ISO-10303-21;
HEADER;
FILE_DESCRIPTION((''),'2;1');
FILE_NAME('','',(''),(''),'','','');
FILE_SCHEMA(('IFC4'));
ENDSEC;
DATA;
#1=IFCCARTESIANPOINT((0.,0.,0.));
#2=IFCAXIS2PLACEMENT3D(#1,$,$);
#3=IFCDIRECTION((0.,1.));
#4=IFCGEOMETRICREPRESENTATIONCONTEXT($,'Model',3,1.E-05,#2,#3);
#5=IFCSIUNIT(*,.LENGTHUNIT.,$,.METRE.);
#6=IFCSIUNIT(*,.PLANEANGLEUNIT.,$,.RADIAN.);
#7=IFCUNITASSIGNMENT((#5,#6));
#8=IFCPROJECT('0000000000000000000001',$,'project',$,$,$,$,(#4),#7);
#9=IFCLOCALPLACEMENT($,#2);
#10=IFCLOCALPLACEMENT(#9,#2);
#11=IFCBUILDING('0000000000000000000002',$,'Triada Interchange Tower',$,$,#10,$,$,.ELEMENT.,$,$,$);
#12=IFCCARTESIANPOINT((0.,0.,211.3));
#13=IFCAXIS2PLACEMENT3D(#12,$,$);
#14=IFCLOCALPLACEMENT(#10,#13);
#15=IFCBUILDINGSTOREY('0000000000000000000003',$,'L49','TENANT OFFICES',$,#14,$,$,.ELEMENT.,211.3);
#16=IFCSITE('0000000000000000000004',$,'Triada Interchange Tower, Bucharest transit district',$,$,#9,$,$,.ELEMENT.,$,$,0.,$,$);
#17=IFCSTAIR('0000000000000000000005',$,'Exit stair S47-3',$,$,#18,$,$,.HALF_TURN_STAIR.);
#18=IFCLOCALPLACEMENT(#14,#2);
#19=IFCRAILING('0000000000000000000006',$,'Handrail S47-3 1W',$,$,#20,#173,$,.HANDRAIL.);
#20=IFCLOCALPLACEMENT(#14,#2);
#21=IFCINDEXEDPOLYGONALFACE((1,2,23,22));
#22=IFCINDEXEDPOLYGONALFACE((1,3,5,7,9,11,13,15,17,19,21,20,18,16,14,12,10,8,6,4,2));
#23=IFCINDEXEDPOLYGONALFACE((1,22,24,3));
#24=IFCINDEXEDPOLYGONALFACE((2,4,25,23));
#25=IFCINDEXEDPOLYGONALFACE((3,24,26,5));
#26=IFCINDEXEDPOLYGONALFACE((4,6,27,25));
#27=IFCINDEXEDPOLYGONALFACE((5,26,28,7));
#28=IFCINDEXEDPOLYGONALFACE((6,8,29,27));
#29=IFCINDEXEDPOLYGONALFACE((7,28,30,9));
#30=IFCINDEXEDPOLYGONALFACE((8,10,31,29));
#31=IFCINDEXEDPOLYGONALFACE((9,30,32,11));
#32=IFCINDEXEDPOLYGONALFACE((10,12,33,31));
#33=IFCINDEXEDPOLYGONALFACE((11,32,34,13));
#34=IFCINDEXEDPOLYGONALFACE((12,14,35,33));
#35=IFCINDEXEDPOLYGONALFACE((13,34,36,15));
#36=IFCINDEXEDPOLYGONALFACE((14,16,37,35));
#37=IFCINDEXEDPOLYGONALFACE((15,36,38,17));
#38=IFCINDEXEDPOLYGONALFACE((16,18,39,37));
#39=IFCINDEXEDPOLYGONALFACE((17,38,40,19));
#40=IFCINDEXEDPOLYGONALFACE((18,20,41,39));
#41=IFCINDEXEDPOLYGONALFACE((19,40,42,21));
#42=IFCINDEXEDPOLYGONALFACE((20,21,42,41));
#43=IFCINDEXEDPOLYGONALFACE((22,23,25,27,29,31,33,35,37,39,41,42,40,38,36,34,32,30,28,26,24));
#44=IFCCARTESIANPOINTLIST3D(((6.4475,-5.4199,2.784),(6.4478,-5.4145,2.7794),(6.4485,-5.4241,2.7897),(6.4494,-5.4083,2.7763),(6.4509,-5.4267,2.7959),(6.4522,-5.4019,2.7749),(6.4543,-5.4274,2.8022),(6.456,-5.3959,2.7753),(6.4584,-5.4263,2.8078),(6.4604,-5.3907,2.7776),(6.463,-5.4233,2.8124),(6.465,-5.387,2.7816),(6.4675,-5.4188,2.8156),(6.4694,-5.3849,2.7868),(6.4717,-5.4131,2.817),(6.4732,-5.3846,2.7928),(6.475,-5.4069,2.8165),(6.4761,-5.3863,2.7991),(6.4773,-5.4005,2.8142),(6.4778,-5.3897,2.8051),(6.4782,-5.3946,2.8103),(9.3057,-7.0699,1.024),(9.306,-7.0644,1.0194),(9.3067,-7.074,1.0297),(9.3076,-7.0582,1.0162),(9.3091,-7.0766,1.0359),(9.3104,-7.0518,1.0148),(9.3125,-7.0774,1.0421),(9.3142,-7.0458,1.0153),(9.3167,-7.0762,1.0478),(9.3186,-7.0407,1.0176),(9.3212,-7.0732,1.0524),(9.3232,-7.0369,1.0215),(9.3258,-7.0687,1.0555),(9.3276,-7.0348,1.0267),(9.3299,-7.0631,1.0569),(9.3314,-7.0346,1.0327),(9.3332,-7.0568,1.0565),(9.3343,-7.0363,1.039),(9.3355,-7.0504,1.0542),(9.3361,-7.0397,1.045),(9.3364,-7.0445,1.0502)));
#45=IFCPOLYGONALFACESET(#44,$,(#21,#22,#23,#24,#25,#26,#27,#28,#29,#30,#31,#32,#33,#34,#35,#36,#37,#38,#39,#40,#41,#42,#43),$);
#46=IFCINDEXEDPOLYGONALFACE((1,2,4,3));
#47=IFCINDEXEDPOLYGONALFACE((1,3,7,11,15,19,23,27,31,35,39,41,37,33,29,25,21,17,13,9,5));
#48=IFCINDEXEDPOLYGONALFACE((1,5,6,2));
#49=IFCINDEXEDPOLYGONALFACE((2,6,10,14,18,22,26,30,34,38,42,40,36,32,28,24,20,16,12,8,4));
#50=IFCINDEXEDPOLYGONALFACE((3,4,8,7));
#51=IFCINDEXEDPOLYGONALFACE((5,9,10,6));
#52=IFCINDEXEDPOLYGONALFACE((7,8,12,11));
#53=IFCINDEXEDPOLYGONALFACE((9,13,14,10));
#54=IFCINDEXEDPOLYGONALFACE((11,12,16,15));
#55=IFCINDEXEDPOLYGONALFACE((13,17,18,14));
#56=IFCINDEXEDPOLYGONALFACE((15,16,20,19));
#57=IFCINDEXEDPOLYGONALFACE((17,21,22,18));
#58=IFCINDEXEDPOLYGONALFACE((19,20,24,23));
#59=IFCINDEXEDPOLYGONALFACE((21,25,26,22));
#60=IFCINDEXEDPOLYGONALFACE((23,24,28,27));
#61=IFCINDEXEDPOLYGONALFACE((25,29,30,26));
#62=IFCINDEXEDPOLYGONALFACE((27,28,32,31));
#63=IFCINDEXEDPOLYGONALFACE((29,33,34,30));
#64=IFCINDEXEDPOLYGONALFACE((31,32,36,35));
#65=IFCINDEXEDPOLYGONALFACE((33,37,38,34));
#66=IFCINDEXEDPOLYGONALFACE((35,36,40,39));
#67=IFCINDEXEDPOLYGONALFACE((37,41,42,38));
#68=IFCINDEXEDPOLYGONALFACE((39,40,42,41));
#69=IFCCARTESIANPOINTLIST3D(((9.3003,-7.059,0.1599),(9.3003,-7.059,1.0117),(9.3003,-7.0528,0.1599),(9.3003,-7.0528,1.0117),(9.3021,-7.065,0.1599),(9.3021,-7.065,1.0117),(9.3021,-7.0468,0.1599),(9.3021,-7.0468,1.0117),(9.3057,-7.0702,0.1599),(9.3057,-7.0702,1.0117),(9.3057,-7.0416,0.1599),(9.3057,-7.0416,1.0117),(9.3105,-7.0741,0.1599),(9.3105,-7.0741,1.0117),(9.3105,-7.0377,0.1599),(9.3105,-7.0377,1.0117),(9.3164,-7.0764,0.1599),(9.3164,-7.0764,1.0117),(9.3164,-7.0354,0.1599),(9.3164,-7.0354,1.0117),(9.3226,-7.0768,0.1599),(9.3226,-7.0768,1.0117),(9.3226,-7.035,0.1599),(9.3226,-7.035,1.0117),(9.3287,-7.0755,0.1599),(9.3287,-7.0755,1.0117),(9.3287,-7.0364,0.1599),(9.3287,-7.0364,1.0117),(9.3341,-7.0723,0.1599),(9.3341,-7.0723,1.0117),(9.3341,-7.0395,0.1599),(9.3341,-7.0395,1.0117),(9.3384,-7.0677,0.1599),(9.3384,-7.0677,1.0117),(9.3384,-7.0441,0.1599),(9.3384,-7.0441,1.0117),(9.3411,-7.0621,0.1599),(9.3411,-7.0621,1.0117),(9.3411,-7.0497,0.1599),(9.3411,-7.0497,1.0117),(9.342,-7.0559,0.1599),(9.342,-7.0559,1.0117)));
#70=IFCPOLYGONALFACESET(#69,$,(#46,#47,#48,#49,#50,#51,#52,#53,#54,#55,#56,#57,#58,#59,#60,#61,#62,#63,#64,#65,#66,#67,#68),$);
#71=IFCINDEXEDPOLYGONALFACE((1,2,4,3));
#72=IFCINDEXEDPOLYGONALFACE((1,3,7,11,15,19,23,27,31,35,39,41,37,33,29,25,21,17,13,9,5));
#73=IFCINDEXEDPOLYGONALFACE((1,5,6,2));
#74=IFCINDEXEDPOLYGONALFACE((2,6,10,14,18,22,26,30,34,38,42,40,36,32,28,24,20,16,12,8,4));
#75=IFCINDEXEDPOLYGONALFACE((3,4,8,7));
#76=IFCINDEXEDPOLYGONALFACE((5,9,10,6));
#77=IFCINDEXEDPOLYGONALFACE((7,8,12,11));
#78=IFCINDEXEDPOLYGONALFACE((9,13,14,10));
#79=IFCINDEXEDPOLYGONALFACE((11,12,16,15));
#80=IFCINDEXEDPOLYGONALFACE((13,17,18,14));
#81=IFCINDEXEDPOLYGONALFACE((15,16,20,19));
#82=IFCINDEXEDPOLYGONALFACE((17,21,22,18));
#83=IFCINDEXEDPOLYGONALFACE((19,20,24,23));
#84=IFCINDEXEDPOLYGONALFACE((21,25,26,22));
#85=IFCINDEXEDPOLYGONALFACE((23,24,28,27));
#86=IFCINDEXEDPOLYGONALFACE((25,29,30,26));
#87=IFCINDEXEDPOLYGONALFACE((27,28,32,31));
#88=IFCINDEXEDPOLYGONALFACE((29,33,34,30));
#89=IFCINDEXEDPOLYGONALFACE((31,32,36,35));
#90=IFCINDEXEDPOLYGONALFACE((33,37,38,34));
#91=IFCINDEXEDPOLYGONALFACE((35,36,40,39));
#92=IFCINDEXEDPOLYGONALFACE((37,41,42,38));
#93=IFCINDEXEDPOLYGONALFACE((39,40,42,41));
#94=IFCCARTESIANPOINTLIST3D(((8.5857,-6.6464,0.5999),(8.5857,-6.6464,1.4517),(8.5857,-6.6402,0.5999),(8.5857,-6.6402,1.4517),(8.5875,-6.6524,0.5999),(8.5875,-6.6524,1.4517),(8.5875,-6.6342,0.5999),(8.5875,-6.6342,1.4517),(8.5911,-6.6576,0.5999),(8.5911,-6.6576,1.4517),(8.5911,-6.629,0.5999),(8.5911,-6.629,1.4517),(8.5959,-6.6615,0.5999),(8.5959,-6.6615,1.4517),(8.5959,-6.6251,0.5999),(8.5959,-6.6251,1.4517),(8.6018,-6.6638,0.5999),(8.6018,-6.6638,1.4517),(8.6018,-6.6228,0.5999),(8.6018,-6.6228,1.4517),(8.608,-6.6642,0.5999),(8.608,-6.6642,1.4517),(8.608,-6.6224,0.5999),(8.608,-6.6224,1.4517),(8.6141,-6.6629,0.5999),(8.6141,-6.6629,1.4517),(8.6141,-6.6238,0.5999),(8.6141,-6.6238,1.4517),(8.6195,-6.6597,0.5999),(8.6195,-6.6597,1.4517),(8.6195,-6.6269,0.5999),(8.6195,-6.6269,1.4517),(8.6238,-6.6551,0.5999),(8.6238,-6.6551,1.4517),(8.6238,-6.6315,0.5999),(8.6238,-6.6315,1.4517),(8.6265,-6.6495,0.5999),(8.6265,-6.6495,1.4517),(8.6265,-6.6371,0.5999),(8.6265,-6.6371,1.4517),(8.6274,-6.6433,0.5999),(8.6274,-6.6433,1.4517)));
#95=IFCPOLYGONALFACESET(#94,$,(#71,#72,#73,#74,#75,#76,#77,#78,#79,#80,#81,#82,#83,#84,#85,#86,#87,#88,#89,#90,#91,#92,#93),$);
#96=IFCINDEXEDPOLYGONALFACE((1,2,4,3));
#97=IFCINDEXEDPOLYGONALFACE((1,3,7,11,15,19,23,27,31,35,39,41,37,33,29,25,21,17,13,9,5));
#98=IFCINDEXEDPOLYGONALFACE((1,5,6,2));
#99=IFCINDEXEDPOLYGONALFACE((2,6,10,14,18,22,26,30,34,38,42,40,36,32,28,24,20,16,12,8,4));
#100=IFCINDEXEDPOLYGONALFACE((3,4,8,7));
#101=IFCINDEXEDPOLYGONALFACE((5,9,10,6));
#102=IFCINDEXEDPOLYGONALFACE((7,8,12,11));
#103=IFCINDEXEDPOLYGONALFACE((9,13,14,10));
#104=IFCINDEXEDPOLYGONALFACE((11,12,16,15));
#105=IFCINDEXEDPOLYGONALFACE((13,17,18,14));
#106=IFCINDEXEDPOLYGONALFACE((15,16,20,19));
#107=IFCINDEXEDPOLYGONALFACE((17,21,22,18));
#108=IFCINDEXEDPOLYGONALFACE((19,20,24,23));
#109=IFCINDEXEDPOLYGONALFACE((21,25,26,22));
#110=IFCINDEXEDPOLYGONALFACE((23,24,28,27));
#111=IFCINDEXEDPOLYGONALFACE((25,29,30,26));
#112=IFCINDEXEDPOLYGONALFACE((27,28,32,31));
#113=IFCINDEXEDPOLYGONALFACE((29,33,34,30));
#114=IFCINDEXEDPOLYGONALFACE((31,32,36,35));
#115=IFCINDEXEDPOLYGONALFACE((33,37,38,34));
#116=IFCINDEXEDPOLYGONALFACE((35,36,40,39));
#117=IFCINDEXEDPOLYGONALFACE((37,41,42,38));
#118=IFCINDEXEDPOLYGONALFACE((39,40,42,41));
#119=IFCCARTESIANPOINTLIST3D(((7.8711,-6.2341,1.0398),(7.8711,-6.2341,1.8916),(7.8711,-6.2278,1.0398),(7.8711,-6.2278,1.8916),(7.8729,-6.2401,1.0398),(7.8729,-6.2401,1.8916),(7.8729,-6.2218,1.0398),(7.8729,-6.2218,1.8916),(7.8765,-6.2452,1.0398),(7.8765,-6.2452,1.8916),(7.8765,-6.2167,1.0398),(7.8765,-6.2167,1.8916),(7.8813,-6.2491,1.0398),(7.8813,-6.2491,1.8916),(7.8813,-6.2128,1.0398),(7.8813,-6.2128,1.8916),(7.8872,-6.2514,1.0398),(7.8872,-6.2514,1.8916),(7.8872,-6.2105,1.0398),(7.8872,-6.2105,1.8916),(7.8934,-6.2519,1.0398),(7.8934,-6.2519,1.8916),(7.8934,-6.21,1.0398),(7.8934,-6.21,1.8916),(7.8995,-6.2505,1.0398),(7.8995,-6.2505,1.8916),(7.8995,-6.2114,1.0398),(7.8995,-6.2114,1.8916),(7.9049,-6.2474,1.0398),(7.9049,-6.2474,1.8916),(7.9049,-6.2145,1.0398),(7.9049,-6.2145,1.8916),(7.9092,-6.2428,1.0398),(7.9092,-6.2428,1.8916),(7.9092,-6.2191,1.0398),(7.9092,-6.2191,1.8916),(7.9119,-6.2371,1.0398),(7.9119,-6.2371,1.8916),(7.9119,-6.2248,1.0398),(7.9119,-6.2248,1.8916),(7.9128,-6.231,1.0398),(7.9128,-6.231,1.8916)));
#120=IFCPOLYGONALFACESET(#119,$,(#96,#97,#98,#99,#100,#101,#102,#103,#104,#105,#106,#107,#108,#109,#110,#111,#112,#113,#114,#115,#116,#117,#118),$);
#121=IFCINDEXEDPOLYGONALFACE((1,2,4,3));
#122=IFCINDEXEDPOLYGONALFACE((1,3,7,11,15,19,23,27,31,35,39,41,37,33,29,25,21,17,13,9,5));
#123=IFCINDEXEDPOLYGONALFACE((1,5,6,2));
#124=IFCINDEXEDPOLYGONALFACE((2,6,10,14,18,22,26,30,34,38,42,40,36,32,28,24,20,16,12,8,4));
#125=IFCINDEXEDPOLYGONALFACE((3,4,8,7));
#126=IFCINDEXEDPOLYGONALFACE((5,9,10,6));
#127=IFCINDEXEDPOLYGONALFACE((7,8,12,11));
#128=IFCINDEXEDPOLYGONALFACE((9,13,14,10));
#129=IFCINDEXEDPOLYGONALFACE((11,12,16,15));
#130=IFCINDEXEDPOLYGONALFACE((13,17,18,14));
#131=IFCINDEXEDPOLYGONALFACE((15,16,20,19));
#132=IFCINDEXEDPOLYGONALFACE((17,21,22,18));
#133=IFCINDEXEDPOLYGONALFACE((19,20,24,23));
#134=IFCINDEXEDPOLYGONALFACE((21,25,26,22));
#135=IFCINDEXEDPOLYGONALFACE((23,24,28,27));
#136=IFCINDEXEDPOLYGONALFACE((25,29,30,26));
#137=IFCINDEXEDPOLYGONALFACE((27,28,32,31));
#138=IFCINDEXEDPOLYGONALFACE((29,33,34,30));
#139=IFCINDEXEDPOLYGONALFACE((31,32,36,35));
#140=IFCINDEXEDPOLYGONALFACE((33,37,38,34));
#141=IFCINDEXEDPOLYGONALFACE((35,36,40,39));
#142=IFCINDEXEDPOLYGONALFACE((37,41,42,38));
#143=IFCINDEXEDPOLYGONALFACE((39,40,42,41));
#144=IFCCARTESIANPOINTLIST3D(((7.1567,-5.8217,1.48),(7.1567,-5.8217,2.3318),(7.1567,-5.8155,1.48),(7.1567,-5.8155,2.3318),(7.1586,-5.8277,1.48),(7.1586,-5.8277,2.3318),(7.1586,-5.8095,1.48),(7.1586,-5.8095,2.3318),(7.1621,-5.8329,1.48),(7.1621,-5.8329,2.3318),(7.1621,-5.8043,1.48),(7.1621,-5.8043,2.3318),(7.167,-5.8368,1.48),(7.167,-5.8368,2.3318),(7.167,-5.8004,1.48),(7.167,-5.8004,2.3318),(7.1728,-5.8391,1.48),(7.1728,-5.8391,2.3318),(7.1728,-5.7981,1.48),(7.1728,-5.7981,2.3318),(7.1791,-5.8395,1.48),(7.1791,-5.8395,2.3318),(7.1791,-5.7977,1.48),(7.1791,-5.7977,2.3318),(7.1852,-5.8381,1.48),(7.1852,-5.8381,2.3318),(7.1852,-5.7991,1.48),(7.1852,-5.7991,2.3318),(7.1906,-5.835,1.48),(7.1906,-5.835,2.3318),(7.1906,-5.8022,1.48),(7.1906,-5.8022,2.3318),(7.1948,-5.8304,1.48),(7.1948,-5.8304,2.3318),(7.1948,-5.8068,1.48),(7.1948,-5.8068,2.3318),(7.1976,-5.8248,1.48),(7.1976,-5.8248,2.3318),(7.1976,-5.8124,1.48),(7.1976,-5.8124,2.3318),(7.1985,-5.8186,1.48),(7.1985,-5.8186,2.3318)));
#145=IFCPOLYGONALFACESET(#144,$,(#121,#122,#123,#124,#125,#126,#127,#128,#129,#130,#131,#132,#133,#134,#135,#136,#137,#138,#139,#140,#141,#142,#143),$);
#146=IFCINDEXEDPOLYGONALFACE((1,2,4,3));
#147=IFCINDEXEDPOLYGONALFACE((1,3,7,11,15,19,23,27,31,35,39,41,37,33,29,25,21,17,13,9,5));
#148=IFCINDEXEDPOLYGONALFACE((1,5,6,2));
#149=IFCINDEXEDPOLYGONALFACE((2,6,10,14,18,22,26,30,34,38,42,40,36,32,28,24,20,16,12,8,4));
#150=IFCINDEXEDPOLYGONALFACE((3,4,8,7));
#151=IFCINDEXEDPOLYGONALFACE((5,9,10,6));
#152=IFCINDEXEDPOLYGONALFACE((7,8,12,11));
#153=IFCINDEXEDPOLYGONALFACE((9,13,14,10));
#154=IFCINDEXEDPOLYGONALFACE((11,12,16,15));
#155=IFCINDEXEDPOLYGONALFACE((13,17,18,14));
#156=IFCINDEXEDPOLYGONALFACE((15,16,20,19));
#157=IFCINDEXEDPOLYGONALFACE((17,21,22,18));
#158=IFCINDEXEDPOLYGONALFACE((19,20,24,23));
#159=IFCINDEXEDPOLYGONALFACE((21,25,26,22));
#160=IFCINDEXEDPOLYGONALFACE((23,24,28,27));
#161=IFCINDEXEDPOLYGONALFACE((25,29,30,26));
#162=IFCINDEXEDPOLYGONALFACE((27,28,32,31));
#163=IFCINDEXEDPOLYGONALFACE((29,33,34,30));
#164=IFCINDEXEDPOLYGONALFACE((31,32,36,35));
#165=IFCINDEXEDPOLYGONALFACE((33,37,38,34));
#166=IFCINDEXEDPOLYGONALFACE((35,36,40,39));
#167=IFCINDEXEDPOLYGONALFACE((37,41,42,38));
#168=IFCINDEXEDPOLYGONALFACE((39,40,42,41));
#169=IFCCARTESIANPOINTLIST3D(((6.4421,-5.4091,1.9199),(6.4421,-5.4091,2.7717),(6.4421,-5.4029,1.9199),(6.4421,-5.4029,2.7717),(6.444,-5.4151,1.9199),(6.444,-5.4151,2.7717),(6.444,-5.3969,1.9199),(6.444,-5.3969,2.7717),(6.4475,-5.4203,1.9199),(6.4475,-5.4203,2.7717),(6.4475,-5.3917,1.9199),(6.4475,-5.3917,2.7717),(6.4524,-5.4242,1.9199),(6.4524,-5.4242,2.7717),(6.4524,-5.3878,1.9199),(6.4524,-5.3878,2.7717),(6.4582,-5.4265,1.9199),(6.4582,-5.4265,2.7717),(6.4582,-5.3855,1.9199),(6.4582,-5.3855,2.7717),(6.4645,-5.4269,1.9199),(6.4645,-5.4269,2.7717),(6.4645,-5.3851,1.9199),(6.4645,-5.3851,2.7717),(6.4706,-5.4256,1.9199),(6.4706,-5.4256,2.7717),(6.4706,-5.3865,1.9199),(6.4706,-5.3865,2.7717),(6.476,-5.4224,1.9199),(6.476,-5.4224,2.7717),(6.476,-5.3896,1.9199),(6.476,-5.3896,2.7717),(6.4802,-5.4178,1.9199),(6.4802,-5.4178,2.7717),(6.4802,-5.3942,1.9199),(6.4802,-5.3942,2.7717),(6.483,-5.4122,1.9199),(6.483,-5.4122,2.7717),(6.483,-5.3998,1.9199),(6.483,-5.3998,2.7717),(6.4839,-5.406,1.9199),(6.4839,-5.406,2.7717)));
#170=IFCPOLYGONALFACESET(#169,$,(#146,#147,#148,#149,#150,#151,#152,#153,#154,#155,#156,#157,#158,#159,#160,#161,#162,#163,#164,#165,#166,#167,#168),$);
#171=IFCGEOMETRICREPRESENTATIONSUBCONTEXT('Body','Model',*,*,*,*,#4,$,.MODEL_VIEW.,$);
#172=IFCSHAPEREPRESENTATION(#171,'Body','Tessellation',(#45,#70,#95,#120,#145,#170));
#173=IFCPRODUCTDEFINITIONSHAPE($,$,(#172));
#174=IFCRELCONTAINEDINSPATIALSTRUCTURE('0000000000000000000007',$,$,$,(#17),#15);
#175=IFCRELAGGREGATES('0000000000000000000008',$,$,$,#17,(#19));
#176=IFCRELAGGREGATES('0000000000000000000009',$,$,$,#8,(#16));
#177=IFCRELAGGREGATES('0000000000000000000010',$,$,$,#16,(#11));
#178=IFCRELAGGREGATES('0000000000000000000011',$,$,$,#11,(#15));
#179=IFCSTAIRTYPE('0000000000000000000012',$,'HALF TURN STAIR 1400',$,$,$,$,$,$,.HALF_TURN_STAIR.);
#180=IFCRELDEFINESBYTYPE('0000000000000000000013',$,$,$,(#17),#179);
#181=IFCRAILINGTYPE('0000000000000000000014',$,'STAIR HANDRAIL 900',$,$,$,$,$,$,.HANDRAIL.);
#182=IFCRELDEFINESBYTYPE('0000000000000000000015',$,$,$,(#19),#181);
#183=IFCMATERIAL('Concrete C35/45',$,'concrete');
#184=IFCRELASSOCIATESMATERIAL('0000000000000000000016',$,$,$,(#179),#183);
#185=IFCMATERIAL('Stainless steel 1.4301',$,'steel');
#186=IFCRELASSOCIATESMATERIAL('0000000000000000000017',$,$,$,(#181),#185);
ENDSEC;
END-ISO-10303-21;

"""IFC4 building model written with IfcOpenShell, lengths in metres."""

from ifc_helpers import new_model, si_unit, direction, frame, origin, origin_2d, place, context, subcontext, project, spatial, circle, extrude, material, type_object, element, aggregate, save


model = new_model("IFC4")

# Units and contexts
model_context = context("Model", 3, precision=1e-05, world=origin(), true_north=direction((0.0, 1.0)))
body_context = subcontext(model_context, "Body", "Model", "MODEL_VIEW")
ifc_project = project(units=[si_unit("LENGTHUNIT", "METRE"), si_unit("PLANEANGLEUNIT", "RADIAN")], contexts=[model_context])

# Site, building, storey
site_placement = place(None, origin())
site = spatial("IfcSite", under=ifc_project, at=site_placement, Name="Triada Interchange Tower, Bucharest transit district", CompositionType="ELEMENT", RefElevation=0.0)
building_placement = place(site_placement, origin())
building = spatial("IfcBuilding", under=site, at=building_placement, Name="Triada Interchange Tower", CompositionType="ELEMENT")
storey_placement = place(building_placement, frame((0.0, 0.0, 211.3)))
storey = spatial("IfcBuildingStorey", under=building, at=storey_placement, Name="L49", Description="TENANT OFFICES", CompositionType="ELEMENT", Elevation=211.3)

# Stair, railing
ifc_material_1 = material(Name="Concrete C35/45", Category="concrete")
stair_type = type_object("IfcStairType", Name="HALF TURN STAIR 1400", PredefinedType="HALF_TURN_STAIR", material=ifc_material_1)
stair_placement = place(storey_placement, origin())
stair = element("IfcStair", 1, at=stair_placement, inside=storey, type_object=stair_type, Name="Exit stair S47-3", PredefinedType="HALF_TURN_STAIR")
ifc_material_2 = material(Name="Stainless steel 1.4301", Category="steel")
railing_type = type_object("IfcRailingType", Name="STAIR HANDRAIL 900", PredefinedType="HANDRAIL", material=ifc_material_2)
railing_1_placement = place(storey_placement, frame((9.321, -7.0559, 0.1599)))
railing_1 = element("IfcRailing", 2, at=railing_1_placement, type_object=railing_type, Name="Handrail S47-3 1W", PredefinedType="HANDRAIL", context=body_context, shape_type="SweptSolid", body=[
    extrude(circle(Radius=0.0239, at=origin_2d()), frame((0.0, 0.0, 0.876), z_axis=(-0.764178, 0.441131, 0.47057), x_axis=(-0.499942, -0.866059, 0.0)), (0.0, 0.0, 1.0), 3.7402),
    extrude(circle(Radius=0.021, at=origin_2d()), origin(), (0.0, 0.0, 1.0), 0.8518),
    extrude(circle(Radius=0.021, at=origin_2d()), frame((-0.7146, 0.4126, 0.4399)), (0.0, 0.0, 1.0), 0.8518),
    extrude(circle(Radius=0.021, at=origin_2d()), frame((-1.4292, 0.825, 0.8799)), (0.0, 0.0, 1.0), 0.8518),
    extrude(circle(Radius=0.021, at=origin_2d()), frame((-2.1436, 1.2373, 1.3201)), (0.0, 0.0, 1.0), 0.8518),
    extrude(circle(Radius=0.021, at=origin_2d()), frame((-2.8582, 1.6499, 1.76)), (0.0, 0.0, 1.0), 0.8518),
])
aggregate(stair, [railing_1])

save(model, "model.ifc")
